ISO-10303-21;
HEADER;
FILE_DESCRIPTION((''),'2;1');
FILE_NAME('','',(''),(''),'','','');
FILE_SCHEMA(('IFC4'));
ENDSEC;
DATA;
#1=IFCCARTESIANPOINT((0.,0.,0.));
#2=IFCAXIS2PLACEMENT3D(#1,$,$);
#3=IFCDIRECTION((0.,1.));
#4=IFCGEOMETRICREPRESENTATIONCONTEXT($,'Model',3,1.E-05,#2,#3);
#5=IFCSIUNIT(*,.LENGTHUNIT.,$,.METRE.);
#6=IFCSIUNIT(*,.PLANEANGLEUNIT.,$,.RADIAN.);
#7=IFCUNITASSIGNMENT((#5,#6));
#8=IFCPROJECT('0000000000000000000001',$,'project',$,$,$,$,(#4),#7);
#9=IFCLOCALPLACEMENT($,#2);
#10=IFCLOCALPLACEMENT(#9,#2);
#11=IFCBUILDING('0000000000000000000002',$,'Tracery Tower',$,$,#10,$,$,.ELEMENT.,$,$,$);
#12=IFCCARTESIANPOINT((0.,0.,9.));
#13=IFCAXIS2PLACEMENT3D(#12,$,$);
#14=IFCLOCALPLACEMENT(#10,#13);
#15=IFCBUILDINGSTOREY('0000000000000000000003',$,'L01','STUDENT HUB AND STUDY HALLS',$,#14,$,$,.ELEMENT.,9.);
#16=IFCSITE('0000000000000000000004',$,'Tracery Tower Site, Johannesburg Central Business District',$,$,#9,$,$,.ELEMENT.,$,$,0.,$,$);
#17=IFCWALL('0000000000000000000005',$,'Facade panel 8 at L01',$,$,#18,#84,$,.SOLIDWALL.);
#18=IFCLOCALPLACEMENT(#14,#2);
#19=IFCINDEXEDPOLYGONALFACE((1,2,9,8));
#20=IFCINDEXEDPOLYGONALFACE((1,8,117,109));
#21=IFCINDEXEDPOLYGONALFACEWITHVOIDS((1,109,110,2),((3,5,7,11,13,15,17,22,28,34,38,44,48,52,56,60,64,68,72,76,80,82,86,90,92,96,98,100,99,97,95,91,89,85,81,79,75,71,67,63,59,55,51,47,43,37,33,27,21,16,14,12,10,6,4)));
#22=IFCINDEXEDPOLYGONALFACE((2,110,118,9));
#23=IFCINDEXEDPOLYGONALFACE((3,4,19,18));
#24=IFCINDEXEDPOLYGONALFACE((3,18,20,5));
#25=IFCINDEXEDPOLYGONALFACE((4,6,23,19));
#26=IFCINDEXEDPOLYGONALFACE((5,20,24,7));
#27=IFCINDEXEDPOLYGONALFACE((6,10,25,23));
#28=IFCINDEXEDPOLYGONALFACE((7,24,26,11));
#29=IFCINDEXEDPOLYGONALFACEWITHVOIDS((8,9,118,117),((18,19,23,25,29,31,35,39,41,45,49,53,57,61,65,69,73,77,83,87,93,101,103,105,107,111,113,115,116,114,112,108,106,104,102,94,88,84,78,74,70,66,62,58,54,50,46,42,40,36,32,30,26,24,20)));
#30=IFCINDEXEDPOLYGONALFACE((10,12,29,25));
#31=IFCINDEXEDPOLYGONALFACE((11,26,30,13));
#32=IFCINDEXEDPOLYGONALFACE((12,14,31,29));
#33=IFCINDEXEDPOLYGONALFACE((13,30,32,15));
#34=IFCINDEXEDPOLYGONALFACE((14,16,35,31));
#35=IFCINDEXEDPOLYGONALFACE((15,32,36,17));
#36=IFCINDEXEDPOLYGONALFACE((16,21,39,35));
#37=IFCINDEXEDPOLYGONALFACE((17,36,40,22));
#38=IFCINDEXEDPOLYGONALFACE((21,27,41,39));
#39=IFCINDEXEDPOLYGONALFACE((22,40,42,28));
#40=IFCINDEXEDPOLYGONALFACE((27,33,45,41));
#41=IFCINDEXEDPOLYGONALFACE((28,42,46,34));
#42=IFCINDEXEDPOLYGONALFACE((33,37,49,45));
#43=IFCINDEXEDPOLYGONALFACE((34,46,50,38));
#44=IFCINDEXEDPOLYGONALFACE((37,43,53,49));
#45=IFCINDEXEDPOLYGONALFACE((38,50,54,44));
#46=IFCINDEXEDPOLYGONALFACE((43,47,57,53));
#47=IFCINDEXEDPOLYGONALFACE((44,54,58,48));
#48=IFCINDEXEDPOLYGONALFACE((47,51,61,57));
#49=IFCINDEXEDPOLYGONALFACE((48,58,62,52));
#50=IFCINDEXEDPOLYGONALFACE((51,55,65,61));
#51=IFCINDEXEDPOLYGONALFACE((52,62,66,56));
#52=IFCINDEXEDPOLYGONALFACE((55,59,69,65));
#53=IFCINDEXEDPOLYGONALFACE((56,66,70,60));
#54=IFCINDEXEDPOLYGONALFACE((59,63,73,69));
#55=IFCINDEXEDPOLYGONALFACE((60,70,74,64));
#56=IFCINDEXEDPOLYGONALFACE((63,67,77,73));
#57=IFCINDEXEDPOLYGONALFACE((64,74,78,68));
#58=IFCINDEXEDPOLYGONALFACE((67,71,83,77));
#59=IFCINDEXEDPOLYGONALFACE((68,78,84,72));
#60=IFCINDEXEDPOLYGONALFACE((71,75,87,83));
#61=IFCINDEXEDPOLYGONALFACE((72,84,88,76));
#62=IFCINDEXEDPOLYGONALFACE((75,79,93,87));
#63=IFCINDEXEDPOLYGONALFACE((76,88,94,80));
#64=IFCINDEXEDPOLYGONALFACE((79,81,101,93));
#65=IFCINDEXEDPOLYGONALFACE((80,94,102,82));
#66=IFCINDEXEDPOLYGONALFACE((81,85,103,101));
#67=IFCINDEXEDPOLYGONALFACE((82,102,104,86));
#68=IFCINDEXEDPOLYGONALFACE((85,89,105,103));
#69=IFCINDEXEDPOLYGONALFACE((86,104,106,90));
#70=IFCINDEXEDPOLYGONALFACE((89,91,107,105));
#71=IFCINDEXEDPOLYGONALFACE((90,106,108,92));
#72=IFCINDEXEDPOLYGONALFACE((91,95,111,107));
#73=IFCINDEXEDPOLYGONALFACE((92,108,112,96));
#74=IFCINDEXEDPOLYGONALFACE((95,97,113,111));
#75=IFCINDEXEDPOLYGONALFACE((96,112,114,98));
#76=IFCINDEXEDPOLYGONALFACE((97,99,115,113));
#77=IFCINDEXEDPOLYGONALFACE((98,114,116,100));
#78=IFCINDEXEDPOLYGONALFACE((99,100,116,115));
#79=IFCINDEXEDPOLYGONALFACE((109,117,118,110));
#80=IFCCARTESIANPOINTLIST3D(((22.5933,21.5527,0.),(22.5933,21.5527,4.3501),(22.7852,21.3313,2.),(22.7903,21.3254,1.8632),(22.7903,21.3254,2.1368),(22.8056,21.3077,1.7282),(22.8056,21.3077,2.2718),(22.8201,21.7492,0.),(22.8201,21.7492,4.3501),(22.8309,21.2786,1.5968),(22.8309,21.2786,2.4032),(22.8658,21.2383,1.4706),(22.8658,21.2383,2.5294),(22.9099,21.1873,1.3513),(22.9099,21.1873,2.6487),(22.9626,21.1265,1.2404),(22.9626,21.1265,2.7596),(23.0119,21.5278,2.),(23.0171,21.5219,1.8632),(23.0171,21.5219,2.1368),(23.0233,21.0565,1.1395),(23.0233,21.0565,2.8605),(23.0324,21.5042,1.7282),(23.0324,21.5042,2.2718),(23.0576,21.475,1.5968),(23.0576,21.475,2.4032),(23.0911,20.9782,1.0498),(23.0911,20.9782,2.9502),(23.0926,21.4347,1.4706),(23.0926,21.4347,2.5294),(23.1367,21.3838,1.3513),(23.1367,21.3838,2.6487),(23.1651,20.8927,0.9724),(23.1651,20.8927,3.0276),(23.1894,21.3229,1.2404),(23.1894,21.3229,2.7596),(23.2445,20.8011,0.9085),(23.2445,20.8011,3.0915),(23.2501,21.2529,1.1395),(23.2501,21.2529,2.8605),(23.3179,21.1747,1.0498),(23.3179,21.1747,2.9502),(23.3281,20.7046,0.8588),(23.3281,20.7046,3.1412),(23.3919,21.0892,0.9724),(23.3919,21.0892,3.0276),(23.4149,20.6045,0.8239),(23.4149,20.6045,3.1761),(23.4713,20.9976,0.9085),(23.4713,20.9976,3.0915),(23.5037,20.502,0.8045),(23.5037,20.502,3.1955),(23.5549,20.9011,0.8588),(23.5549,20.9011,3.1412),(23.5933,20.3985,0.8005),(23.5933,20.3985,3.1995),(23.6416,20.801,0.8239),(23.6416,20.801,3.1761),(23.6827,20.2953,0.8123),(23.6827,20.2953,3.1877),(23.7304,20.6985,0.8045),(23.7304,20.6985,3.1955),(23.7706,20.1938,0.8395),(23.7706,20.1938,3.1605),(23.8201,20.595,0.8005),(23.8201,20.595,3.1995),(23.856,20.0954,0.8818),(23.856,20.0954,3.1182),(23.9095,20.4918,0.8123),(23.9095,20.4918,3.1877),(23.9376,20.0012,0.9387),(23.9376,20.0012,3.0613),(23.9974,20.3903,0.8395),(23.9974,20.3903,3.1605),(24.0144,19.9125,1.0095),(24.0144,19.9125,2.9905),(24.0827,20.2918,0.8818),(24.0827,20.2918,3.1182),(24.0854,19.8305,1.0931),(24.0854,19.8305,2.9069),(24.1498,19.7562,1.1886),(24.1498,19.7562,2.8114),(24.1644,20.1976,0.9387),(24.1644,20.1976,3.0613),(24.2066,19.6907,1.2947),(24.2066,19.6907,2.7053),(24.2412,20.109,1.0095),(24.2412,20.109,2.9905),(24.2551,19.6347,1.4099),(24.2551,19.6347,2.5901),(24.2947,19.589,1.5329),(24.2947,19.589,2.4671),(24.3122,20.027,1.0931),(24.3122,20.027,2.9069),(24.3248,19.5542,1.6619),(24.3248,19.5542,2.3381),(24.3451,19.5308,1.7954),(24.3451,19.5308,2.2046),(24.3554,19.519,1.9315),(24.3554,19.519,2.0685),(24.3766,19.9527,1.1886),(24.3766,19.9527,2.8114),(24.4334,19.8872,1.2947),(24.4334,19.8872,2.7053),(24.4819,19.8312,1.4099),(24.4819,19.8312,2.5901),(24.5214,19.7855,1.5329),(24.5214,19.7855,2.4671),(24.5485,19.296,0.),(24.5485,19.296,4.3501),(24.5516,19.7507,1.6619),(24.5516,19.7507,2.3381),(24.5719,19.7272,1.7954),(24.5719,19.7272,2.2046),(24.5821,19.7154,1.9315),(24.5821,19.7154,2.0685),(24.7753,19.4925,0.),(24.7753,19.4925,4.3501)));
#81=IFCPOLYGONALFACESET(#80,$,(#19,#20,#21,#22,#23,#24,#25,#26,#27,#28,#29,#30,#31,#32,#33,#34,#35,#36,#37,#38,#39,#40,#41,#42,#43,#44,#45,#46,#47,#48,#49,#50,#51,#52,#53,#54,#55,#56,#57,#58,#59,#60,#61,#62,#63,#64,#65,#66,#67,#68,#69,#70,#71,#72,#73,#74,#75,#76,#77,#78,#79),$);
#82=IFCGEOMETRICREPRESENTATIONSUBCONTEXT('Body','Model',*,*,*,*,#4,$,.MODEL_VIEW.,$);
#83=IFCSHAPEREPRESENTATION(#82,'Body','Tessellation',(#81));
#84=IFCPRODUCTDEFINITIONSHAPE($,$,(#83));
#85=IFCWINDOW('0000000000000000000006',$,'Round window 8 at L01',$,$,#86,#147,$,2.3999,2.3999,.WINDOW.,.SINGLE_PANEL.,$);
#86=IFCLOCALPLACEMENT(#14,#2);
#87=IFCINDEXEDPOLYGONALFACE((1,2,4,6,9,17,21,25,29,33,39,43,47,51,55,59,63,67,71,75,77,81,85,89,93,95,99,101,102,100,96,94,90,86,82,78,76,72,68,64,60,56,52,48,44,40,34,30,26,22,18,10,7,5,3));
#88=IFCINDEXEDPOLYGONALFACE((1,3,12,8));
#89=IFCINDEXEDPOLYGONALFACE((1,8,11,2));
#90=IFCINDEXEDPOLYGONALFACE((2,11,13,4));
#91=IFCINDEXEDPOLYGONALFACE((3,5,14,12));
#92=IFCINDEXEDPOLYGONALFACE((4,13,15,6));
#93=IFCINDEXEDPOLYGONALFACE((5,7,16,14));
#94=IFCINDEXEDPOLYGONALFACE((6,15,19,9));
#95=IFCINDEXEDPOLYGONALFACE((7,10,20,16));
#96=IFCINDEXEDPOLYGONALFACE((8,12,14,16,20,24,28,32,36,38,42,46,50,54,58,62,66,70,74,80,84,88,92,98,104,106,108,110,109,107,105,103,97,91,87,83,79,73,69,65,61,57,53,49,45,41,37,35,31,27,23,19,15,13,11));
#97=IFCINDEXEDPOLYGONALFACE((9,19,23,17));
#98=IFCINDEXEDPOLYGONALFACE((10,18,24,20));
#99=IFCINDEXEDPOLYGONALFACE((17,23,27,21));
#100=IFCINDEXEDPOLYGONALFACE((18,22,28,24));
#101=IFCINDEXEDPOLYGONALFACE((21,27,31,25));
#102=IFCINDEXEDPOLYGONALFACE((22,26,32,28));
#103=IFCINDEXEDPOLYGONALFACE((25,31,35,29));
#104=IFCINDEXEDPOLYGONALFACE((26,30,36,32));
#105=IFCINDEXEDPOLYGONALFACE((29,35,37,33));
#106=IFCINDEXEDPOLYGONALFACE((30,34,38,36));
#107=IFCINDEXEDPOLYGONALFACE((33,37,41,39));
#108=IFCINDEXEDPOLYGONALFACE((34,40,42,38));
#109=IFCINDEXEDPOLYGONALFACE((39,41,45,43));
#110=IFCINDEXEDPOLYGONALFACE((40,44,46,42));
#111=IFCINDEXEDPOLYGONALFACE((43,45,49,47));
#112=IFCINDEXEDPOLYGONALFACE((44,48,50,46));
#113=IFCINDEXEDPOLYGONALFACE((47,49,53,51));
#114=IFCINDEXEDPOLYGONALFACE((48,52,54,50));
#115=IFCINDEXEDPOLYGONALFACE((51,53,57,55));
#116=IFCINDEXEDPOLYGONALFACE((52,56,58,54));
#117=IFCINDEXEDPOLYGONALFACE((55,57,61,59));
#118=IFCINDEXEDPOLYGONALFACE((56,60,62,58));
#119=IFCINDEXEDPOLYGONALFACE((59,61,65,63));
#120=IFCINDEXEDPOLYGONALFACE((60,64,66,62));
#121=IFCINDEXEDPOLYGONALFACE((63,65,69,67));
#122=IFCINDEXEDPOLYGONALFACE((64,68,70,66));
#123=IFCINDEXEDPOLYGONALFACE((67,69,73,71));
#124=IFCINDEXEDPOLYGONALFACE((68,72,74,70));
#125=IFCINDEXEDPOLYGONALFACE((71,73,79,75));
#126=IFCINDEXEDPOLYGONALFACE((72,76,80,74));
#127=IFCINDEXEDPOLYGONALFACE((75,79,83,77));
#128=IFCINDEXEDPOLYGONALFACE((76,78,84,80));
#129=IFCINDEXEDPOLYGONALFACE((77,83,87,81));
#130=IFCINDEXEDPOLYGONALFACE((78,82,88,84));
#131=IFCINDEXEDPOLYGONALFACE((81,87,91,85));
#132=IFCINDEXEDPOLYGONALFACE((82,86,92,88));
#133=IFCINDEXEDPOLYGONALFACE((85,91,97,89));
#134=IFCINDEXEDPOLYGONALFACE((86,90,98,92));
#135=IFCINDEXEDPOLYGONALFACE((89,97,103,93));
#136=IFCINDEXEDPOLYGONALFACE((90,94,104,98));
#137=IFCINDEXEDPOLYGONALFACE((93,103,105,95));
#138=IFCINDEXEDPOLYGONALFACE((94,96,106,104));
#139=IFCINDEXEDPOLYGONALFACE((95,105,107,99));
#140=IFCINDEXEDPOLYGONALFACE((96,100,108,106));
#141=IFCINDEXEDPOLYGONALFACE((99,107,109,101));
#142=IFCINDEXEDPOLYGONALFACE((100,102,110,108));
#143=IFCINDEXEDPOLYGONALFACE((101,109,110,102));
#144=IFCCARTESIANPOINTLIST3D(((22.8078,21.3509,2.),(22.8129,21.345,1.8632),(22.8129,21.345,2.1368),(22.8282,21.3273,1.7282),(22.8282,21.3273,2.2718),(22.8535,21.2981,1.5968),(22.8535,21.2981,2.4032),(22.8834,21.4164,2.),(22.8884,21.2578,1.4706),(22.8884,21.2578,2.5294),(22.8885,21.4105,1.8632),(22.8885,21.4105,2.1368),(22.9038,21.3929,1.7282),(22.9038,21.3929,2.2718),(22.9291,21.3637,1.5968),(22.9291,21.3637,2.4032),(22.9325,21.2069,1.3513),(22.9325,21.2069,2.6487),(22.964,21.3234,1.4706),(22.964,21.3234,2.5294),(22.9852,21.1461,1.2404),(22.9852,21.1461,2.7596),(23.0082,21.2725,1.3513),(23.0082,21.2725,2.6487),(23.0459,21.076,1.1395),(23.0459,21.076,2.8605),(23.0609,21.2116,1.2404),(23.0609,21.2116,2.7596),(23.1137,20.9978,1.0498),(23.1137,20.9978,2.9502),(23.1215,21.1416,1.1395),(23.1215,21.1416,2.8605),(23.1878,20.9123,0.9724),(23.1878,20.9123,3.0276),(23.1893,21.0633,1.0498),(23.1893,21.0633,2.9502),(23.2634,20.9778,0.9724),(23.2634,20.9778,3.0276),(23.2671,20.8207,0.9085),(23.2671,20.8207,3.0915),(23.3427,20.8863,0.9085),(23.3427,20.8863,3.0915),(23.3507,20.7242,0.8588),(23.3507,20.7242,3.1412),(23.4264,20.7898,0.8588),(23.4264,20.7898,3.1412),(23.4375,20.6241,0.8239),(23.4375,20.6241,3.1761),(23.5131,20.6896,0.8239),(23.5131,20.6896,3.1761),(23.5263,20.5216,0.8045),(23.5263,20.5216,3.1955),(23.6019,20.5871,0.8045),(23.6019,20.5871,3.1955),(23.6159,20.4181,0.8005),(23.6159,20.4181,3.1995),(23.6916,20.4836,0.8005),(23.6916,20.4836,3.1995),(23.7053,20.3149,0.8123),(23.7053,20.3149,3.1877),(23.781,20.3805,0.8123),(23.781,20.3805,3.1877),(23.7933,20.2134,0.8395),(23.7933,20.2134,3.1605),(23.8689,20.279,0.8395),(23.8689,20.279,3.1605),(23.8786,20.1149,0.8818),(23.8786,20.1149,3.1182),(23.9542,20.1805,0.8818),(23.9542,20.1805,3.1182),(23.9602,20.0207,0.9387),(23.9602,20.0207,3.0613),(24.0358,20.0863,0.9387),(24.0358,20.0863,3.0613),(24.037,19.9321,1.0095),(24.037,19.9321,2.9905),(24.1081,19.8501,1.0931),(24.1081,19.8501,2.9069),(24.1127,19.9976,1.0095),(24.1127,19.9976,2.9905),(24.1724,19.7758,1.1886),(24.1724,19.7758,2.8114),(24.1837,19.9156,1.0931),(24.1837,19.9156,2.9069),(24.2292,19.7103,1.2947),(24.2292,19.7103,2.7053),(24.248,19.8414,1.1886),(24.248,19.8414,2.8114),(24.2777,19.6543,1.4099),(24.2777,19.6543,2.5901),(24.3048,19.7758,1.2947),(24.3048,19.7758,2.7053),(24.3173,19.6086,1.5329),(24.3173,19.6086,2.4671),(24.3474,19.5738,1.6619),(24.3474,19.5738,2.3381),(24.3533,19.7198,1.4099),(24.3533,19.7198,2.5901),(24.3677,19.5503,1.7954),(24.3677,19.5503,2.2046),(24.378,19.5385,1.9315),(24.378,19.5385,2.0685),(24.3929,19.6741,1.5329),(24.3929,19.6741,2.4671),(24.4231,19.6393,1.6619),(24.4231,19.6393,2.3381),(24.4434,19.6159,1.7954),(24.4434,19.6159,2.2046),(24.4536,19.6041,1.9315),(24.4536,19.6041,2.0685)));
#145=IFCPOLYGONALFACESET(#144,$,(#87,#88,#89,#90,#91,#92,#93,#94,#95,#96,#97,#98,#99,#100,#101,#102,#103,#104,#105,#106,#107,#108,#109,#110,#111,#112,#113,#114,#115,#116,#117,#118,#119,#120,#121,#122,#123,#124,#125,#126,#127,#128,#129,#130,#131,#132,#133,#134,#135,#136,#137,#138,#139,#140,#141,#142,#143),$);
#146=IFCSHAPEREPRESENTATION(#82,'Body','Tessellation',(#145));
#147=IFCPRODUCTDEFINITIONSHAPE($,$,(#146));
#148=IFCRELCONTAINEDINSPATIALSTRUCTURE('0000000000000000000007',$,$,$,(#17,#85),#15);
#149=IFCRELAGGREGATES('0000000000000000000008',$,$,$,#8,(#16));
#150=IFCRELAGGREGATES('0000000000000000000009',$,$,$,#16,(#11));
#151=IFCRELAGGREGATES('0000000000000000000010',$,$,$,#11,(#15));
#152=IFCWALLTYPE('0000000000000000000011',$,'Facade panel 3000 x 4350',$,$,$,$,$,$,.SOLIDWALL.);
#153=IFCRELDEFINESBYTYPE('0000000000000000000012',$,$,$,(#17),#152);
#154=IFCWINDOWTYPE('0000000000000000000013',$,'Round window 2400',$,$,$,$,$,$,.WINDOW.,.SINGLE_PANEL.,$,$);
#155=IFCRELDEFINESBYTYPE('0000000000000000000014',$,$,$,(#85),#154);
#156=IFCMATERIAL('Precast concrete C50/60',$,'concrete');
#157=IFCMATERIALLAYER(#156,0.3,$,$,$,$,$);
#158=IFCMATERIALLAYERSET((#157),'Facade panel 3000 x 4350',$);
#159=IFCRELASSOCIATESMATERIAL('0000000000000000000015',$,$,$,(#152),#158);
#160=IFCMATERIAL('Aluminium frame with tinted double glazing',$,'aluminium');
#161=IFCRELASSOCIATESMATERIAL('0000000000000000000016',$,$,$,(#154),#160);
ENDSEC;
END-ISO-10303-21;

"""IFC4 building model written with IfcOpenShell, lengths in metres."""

from ifc_helpers import new_model, si_unit, direction, frame, frame_2d, origin, origin_2d, place, context, subcontext, project, spatial, rectangle, circle, extrude, material, layer, layer_set, type_object, element, fill, save


model = new_model("IFC4")

# Units and contexts
model_context = context("Model", 3, precision=1e-05, world=origin(), true_north=direction((0.0, 1.0)))
body_context = subcontext(model_context, "Body", "Model", "MODEL_VIEW")
ifc_project = project(units=[si_unit("LENGTHUNIT", "METRE"), si_unit("PLANEANGLEUNIT", "RADIAN")], contexts=[model_context])

# Site, building, storey
site_placement = place(None, origin())
site = spatial("IfcSite", under=ifc_project, at=site_placement, Name="Tracery Tower Site, Johannesburg Central Business District", CompositionType="ELEMENT", RefElevation=0.0)
building_placement = place(site_placement, origin())
building = spatial("IfcBuilding", under=site, at=building_placement, Name="Tracery Tower", CompositionType="ELEMENT")
storey_placement = place(building_placement, frame((0.0, 0.0, 9.0)))
storey = spatial("IfcBuildingStorey", under=building, at=storey_placement, Name="L01", Description="STUDENT HUB AND STUDY HALLS", CompositionType="ELEMENT", Elevation=9.0)

# Wall, opening, window
ifc_material_1 = material(Name="Precast concrete C50/60", Category="concrete")
ifc_layer_1 = layer(ifc_material_1, 0.3)
ifc_layer_set_1 = layer_set([ifc_layer_1], Name="Facade panel 3000 x 4350")
wall_type_1 = type_object("IfcWallType", Name="Facade panel 3000 x 4350", PredefinedType="SOLIDWALL", material=ifc_layer_set_1)
ifc_material_2 = material(Name="Aluminium frame with tinted double glazing", Category="aluminium")
window_type = type_object("IfcWindowType", Name="Round window 2400", PartitioningType="SINGLE_PANEL", PredefinedType="WINDOW", material=ifc_material_2)
wall_1_placement = place(storey_placement, frame((24.6619, 19.3943, 0.0), z_axis=(0.0, 0.0, 1.0), x_axis=(-0.654809, 0.755794, 0.0)))
wall_1 = element("IfcWall", 1, at=wall_1_placement, inside=storey, type_object=wall_type_1, Name="Facade panel 8 at L01", PredefinedType="SOLIDWALL", context=body_context, shape_type="SweptSolid", body=[
    extrude(rectangle(XDim=2.9858, YDim=0.3, at=frame_2d((1.4929, 0.0))), origin(), (0.0, 0.0, 1.0), 4.3501),
])
opening_1_placement = place(wall_1_placement, frame((1.4929, 0.0, 2.0)))
opening_1 = element("IfcOpeningElement", 2, at=opening_1_placement, cuts=wall_1, PredefinedType="OPENING", context=body_context, shape_type="SweptSolid", body=[
    extrude(circle(Radius=1.2, at=origin_2d()), frame((0.0, 0.1599, 0.0), z_axis=(0.0, -1.0, 0.0), x_axis=(1.0, 0.0, 0.0)), (0.0, 0.0, 1.0), 0.3201),
])
window_1_placement = place(opening_1_placement, origin())
window_1 = element("IfcWindow", 3, at=window_1_placement, inside=storey, type_object=window_type, Name="Round window 8 at L01", OverallHeight=2.3999, OverallWidth=2.3999, PartitioningType="SINGLE_PANEL", PredefinedType="WINDOW", context=body_context, shape_type="SweptSolid", body=[
    extrude(circle(Radius=1.2, at=origin_2d()), frame((0.0, 0.1201, 0.0), z_axis=(0.0, -1.0, 0.0), x_axis=(1.0, 0.0, 0.0)), (0.0, 0.0, 1.0), 0.1001),
])
fill(opening_1, window_1)

save(model, "model.ifc")
